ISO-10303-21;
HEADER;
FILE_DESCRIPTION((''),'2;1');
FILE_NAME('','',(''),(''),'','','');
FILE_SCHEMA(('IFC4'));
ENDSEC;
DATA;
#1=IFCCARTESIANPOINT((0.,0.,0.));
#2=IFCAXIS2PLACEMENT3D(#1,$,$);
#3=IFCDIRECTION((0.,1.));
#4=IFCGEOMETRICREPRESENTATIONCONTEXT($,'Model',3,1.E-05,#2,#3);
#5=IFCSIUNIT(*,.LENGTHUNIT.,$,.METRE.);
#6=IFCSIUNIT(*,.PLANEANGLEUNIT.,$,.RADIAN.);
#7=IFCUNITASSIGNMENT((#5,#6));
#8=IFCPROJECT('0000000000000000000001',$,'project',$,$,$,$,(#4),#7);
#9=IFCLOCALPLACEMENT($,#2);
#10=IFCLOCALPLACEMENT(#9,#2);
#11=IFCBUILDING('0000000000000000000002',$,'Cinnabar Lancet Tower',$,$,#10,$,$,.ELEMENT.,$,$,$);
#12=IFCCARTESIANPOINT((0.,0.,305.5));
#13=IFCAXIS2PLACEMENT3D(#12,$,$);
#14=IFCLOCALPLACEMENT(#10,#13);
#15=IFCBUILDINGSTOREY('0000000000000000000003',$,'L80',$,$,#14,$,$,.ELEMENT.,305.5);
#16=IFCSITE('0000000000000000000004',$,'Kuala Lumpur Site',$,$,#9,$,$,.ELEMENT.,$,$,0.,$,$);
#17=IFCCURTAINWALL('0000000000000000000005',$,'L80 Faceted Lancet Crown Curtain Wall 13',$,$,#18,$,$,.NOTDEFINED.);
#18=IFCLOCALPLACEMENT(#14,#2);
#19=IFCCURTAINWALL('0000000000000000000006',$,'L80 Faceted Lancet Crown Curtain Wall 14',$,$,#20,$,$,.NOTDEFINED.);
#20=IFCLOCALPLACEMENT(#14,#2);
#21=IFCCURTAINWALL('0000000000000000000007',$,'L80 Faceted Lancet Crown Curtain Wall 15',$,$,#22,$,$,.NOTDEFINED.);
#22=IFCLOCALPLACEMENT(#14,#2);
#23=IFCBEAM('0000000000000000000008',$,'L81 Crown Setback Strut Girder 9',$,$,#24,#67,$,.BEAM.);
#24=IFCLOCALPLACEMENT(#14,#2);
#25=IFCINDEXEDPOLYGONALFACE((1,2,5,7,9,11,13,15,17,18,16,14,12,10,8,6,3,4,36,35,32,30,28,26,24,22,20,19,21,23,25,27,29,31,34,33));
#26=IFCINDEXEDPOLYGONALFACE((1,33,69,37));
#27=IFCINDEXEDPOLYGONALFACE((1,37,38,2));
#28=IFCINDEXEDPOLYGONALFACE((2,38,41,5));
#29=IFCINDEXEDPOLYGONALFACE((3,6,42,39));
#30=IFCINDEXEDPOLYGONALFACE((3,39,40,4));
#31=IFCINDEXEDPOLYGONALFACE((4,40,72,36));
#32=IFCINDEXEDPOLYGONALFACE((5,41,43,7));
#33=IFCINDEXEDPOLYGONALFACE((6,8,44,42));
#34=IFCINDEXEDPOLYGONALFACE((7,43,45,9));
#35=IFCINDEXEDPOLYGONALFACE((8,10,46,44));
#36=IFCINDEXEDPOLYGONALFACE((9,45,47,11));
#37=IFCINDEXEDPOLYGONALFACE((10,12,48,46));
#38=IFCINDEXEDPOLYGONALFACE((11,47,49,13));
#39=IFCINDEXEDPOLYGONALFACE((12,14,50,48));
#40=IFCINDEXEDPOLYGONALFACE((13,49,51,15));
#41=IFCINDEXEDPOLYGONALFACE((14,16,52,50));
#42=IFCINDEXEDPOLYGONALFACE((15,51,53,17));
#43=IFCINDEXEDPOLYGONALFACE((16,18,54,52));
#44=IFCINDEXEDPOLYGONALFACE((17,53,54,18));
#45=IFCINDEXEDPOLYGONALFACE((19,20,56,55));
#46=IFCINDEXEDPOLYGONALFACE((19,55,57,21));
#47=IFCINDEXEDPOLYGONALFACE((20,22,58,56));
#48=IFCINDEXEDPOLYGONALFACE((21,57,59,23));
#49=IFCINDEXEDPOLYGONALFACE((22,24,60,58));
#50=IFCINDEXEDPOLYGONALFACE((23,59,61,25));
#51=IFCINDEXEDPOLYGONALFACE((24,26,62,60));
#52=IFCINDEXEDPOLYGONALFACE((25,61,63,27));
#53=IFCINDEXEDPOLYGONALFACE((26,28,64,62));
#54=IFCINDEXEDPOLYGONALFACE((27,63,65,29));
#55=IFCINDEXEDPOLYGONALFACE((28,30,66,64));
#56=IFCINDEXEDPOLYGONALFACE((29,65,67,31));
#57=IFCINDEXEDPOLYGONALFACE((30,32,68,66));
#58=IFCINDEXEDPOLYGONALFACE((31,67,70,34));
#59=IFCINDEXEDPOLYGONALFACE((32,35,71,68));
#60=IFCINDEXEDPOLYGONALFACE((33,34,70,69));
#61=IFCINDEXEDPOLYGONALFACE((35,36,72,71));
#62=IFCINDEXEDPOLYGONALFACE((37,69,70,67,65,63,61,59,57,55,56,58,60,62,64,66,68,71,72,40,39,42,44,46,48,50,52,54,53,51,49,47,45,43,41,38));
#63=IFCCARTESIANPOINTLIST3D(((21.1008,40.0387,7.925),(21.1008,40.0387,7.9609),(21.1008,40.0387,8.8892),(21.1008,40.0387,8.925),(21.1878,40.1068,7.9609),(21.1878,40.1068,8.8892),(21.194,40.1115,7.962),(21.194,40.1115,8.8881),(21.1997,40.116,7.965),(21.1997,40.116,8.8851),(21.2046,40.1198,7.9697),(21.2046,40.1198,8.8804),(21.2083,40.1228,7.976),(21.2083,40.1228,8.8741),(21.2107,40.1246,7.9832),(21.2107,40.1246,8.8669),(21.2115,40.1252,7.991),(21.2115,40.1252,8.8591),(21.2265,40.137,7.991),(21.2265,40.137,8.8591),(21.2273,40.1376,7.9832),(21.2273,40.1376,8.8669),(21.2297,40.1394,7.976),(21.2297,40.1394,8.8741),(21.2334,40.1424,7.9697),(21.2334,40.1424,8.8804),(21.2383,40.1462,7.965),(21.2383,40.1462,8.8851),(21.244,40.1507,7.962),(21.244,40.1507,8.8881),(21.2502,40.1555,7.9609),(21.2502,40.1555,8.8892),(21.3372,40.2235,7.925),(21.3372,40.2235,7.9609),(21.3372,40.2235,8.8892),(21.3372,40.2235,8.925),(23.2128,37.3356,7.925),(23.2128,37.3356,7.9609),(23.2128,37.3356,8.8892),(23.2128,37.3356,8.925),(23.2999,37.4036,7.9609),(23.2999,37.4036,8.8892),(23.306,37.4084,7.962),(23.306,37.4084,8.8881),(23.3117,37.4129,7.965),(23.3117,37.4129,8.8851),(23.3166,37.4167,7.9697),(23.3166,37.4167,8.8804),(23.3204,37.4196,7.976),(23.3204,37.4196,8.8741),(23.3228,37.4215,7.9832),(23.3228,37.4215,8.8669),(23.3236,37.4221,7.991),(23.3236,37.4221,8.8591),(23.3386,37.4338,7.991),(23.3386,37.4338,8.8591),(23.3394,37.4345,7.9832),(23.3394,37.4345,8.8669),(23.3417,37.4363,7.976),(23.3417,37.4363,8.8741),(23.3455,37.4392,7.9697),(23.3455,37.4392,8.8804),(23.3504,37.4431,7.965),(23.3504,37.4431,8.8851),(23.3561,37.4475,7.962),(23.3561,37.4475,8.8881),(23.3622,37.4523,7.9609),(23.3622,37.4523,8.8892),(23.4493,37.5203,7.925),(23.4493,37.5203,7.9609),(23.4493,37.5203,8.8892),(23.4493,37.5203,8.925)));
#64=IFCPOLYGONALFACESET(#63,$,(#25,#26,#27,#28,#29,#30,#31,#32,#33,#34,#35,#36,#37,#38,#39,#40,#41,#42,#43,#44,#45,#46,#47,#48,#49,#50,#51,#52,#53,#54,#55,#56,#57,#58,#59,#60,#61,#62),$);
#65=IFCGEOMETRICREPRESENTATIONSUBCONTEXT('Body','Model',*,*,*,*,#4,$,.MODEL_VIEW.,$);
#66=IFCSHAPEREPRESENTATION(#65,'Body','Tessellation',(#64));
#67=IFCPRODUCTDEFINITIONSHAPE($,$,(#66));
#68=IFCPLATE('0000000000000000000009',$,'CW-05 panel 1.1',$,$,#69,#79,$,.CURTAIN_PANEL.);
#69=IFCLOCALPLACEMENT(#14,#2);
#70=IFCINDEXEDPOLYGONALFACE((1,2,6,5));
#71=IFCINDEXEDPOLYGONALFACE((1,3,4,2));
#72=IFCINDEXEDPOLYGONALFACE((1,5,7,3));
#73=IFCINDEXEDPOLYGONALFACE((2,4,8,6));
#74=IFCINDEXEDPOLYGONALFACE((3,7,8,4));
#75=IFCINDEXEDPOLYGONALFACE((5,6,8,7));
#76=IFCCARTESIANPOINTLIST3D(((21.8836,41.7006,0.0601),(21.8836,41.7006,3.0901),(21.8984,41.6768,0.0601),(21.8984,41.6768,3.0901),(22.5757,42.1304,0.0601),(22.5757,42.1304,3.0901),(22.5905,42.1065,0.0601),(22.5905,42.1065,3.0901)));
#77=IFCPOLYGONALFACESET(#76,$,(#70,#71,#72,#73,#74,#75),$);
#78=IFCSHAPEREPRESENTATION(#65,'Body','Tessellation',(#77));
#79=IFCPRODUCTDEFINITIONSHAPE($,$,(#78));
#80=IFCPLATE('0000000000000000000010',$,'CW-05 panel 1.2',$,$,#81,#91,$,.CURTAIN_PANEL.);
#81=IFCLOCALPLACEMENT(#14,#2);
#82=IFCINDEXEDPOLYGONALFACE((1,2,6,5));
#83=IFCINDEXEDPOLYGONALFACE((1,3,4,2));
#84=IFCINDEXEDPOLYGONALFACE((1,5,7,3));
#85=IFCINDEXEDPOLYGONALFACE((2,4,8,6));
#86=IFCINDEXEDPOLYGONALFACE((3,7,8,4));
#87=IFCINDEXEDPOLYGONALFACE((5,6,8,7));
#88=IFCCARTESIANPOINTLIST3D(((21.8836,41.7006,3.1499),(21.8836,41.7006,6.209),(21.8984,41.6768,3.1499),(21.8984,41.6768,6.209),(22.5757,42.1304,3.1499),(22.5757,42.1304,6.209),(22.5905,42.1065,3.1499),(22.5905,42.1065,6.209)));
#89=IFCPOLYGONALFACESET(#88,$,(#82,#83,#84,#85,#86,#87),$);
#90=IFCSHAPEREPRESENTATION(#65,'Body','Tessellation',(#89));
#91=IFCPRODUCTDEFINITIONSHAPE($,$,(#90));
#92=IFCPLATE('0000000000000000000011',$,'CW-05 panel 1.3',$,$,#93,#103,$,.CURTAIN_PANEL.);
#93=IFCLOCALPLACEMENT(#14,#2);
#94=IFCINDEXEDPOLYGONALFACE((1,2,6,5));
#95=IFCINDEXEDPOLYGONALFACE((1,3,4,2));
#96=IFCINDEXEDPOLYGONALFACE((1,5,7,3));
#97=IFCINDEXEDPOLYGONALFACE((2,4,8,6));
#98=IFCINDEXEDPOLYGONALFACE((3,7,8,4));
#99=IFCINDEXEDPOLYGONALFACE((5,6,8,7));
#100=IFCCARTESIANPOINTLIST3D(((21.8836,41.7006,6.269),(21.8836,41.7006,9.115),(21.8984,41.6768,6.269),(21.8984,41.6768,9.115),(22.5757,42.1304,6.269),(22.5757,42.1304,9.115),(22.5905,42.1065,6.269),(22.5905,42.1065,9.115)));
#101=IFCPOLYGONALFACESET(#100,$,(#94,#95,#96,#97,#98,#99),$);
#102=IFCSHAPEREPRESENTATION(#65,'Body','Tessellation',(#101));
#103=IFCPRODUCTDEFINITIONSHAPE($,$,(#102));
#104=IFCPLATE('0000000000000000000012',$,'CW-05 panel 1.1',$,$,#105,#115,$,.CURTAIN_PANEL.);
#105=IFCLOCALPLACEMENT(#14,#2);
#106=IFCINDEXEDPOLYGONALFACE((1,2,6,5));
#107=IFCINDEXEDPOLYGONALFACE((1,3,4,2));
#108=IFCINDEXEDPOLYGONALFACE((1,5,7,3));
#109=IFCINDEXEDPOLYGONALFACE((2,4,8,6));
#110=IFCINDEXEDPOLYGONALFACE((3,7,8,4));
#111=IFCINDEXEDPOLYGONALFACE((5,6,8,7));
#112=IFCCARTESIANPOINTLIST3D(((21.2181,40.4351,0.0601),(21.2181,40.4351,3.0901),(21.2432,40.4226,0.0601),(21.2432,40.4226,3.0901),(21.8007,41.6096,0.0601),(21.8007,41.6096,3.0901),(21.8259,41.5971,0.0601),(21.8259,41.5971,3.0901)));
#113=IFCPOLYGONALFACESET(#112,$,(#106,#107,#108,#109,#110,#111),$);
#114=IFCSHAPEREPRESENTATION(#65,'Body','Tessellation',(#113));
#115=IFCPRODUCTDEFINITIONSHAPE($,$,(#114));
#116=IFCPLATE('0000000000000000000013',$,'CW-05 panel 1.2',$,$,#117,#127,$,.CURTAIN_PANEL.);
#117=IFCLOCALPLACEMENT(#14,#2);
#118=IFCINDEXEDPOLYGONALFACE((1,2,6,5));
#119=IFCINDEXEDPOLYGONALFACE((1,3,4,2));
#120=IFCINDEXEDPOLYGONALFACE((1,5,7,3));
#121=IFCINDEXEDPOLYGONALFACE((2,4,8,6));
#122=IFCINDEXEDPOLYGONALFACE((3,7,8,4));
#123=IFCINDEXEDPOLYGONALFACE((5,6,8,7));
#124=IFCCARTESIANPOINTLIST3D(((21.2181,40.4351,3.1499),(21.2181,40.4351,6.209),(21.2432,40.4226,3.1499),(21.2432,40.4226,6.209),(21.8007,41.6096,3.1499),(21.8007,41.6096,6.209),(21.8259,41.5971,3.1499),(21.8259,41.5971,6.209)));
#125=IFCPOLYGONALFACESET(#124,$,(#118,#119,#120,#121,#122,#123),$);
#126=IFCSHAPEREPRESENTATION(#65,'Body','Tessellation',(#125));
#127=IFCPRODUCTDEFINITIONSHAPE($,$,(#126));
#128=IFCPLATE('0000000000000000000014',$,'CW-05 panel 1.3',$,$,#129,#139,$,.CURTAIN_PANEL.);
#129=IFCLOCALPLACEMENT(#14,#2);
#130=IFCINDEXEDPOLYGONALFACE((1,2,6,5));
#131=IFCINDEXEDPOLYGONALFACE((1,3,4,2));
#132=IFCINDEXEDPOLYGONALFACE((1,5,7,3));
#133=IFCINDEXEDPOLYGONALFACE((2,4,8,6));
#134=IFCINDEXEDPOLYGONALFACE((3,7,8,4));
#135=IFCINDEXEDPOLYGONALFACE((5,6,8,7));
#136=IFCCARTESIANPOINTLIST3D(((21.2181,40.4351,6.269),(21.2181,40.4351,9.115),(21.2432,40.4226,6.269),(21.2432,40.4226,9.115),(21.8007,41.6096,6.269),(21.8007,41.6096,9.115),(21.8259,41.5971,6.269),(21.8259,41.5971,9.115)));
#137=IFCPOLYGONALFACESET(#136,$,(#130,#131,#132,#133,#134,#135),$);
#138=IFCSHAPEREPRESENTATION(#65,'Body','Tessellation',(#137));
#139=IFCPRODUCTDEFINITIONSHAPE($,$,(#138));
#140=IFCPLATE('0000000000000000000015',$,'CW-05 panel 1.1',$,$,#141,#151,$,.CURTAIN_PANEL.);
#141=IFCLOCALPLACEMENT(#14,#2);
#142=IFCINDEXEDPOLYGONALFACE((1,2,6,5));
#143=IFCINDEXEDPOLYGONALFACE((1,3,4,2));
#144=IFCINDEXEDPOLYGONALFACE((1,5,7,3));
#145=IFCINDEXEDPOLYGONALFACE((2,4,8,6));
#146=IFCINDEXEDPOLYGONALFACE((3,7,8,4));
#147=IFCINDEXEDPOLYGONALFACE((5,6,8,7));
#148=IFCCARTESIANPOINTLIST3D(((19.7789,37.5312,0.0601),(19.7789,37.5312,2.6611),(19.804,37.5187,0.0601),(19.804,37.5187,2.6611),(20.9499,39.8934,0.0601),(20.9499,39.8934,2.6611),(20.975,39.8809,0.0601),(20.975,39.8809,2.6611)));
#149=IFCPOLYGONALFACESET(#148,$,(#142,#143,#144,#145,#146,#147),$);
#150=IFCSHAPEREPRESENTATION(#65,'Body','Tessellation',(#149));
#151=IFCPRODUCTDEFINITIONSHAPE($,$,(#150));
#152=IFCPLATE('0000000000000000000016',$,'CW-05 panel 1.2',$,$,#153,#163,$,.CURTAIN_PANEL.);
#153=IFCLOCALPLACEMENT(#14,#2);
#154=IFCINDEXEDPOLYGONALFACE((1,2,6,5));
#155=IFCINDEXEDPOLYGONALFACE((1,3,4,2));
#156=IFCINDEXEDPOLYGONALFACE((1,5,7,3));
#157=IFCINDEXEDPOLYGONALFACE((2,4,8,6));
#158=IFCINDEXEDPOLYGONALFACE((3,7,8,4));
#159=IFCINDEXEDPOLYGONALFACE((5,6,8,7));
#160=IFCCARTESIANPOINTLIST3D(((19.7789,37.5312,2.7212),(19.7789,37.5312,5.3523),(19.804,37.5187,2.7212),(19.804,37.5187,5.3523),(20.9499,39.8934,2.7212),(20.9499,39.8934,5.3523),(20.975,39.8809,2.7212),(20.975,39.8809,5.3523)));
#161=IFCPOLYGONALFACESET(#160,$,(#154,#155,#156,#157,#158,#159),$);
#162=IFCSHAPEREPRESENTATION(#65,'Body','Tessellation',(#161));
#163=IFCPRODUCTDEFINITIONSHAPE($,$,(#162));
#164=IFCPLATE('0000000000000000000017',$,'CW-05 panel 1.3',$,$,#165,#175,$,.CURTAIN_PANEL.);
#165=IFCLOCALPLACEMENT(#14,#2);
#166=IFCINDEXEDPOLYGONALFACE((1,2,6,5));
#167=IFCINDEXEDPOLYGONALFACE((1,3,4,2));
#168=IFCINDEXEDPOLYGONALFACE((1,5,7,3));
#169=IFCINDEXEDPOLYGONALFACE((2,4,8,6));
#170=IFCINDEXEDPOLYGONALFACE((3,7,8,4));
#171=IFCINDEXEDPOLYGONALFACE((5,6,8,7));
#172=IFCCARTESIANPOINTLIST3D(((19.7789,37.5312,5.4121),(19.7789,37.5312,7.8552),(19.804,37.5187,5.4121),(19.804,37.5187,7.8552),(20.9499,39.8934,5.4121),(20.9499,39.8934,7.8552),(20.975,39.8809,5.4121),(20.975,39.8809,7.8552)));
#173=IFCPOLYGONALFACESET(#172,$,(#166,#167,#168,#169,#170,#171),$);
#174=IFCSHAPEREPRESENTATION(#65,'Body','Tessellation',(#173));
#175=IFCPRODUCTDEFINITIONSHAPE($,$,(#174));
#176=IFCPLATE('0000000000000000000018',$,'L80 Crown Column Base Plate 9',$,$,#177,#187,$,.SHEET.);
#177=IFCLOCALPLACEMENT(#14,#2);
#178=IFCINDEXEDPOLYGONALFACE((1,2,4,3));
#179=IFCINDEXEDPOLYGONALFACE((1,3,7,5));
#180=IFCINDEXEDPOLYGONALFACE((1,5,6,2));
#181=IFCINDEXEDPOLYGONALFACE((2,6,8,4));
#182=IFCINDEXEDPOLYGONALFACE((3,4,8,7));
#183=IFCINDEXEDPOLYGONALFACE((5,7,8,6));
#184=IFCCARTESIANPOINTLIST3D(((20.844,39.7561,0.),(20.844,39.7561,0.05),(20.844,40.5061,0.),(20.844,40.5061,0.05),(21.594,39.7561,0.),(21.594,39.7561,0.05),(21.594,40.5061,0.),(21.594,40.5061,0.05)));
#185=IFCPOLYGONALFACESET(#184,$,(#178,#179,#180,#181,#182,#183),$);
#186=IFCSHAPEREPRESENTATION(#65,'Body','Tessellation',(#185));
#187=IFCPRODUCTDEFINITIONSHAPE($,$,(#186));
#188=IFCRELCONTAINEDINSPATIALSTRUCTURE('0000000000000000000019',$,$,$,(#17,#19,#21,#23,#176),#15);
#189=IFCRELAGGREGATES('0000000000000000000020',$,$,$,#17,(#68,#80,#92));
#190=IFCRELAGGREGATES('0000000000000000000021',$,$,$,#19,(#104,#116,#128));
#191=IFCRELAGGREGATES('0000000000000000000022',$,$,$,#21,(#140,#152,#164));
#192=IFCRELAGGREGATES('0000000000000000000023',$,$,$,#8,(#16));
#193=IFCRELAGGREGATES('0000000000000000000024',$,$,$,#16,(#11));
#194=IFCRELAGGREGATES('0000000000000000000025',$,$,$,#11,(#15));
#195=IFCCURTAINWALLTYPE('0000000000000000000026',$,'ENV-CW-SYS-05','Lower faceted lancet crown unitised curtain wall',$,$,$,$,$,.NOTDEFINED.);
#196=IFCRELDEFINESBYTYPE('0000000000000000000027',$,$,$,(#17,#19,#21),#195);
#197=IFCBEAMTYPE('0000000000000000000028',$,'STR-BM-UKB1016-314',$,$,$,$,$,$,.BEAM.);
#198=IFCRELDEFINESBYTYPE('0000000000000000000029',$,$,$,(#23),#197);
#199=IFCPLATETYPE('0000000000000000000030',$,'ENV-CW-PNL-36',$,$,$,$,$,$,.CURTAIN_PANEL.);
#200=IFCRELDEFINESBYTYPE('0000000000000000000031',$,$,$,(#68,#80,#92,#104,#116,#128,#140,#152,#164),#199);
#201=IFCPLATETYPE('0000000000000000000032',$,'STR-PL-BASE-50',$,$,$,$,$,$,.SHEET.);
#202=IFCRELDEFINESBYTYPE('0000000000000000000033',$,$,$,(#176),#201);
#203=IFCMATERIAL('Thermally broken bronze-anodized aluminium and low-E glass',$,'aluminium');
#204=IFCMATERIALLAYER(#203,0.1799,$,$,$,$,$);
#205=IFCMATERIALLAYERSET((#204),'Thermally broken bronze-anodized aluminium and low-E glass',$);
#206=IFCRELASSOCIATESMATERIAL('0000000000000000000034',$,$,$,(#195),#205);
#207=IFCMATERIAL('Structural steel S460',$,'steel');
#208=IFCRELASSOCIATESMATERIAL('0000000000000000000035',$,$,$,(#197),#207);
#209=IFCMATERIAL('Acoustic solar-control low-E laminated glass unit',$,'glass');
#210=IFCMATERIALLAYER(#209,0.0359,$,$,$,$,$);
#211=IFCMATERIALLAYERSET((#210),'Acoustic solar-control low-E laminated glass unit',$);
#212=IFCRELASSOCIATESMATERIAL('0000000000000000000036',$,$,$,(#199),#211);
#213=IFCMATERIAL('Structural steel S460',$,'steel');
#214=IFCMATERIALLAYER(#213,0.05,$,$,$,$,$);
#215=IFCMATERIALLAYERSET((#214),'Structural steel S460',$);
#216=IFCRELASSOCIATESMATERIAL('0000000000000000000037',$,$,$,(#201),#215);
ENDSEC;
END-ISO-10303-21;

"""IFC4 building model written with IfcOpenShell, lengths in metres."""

from ifc_helpers import new_model, si_unit, direction, frame, origin, origin_2d, place, context, subcontext, project, spatial, rectangle, i_section, extrude, material, layer, layer_set, material_profile, profile_set, type_object, element, aggregate, save


model = new_model("IFC4")

# Units and contexts
model_context = context("Model", 3, precision=1e-05, world=origin(), true_north=direction((0.0, 1.0)))
body_context = subcontext(model_context, "Body", "Model", "MODEL_VIEW")
ifc_project = project(units=[si_unit("LENGTHUNIT", "METRE"), si_unit("PLANEANGLEUNIT", "RADIAN")], contexts=[model_context])

# Site, building, storey
site_placement = place(None, origin())
site = spatial("IfcSite", under=ifc_project, at=site_placement, Name="Kuala Lumpur Site", CompositionType="ELEMENT", RefElevation=0.0)
building_placement = place(site_placement, origin())
building = spatial("IfcBuilding", under=site, at=building_placement, Name="Cinnabar Lancet Tower", CompositionType="ELEMENT")
storey_placement = place(building_placement, frame((0.0, 0.0, 305.5)))
storey = spatial("IfcBuildingStorey", under=building, at=storey_placement, Name="L80", CompositionType="ELEMENT", Elevation=305.5)

# Curtain wall
ifc_material_1 = material(Name="Thermally broken bronze-anodized aluminium and low-E glass", Category="aluminium")
ifc_layer_1 = layer(ifc_material_1, 0.1799)
ifc_layer_set_1 = layer_set([ifc_layer_1], Name="Thermally broken bronze-anodized aluminium and low-E glass")
curtain_wall_type = type_object("IfcCurtainWallType", Name="ENV-CW-SYS-05", Description="Lower faceted lancet crown unitised curtain wall", PredefinedType="NOTDEFINED", material=ifc_layer_set_1)
curtain_wall_1_placement = place(storey_placement, origin())
curtain_wall_1 = element("IfcCurtainWall", 1, at=curtain_wall_1_placement, inside=storey, type_object=curtain_wall_type, Name="L80 Faceted Lancet Crown Curtain Wall 13", PredefinedType="NOTDEFINED")

# Curtain walls
curtain_wall_2_placement = place(storey_placement, origin())
curtain_wall_2 = element("IfcCurtainWall", 2, at=curtain_wall_2_placement, inside=storey, type_object=curtain_wall_type, Name="L80 Faceted Lancet Crown Curtain Wall 14", PredefinedType="NOTDEFINED")
curtain_wall_3_placement = place(storey_placement, origin())
curtain_wall_3 = element("IfcCurtainWall", 3, at=curtain_wall_3_placement, inside=storey, type_object=curtain_wall_type, Name="L80 Faceted Lancet Crown Curtain Wall 15", PredefinedType="NOTDEFINED")

# Beam
ifc_material_2 = material(Name="Structural steel S460", Category="steel")
ifc_material_profile_1 = material_profile(ifc_material_2, i_section(OverallWidth=0.3, OverallDepth=1.0, WebThickness=0.019, FlangeThickness=0.0359, FilletRadius=0.03, at=origin_2d()), Name="UKB 1016x305x314")
ifc_profile_set_1 = profile_set([ifc_material_profile_1], Name="Structural steel S460")
beam_type = type_object("IfcBeamType", Name="STR-BM-UKB1016-314", PredefinedType="BEAM", material=ifc_profile_set_1)
beam_1_placement = place(storey_placement, frame((21.219, 40.1311, 8.425), z_axis=(0.615688, -0.78799, 0.0), x_axis=(0.78799, 0.615688, 0.0)))
element("IfcBeam", 4, at=beam_1_placement, inside=storey, type_object=beam_type, Name="L81 Crown Setback Strut Girder 9", PredefinedType="BEAM", context=body_context, shape_type="SweptSolid", body=[
    extrude(i_section(OverallWidth=0.3, OverallDepth=1.0, WebThickness=0.019, FlangeThickness=0.0359, FilletRadius=0.03, at=origin_2d()), origin(), (0.0, 0.0, 1.0), 3.4304),
])

# Plates
ifc_material_3 = material(Name="Acoustic solar-control low-E laminated glass unit", Category="glass")
ifc_layer_2 = layer(ifc_material_3, 0.0359)
ifc_layer_set_2 = layer_set([ifc_layer_2], Name="Acoustic solar-control low-E laminated glass unit")
plate_type_1 = type_object("IfcPlateType", Name="ENV-CW-PNL-36", PredefinedType="CURTAIN_PANEL", material=ifc_layer_set_2)
plate_1_placement = place(storey_placement, frame((22.2371, 41.9036, 0.0601), z_axis=(0.0, 0.0, 1.0), x_axis=(-0.849557, -0.527496, 0.0)))
plate_1 = element("IfcPlate", 5, at=plate_1_placement, type_object=plate_type_1, Name="CW-05 panel 1.1", PredefinedType="CURTAIN_PANEL", context=body_context, shape_type="SweptSolid", body=[
    extrude(rectangle(XDim=0.8147, YDim=0.0281, at=origin_2d()), origin(), (0.0, 0.0, 1.0), 3.03),
])
plate_2_placement = place(storey_placement, frame((22.2371, 41.9036, 3.1499), z_axis=(0.0, 0.0, 1.0), x_axis=(-0.849557, -0.527496, 0.0)))
plate_2 = element("IfcPlate", 6, at=plate_2_placement, type_object=plate_type_1, Name="CW-05 panel 1.2", PredefinedType="CURTAIN_PANEL", context=body_context, shape_type="SweptSolid", body=[
    extrude(rectangle(XDim=0.8147, YDim=0.0281, at=origin_2d()), origin(), (0.0, 0.0, 1.0), 3.0591),
])
plate_3_placement = place(storey_placement, frame((22.2371, 41.9036, 6.269), z_axis=(0.0, 0.0, 1.0), x_axis=(-0.849557, -0.527496, 0.0)))
plate_3 = element("IfcPlate", 7, at=plate_3_placement, type_object=plate_type_1, Name="CW-05 panel 1.3", PredefinedType="CURTAIN_PANEL", context=body_context, shape_type="SweptSolid", body=[
    extrude(rectangle(XDim=0.8147, YDim=0.0281, at=origin_2d()), origin(), (0.0, 0.0, 1.0), 2.8459),
])
aggregate(curtain_wall_1, [plate_1, plate_2, plate_3])
plate_4_placement = place(storey_placement, frame((21.522, 41.0161, 0.0601), z_axis=(0.0, 0.0, 1.0), x_axis=(-0.444416, -0.89582, 0.0)))
plate_4 = element("IfcPlate", 8, at=plate_4_placement, type_object=plate_type_1, Name="CW-05 panel 1.1", PredefinedType="CURTAIN_PANEL", context=body_context, shape_type="SweptSolid", body=[
    extrude(rectangle(XDim=1.311, YDim=0.0281, at=origin_2d()), origin(), (0.0, 0.0, 1.0), 3.03),
])
plate_5_placement = place(storey_placement, frame((21.522, 41.0161, 3.1499), z_axis=(0.0, 0.0, 1.0), x_axis=(-0.444416, -0.89582, 0.0)))
plate_5 = element("IfcPlate", 9, at=plate_5_placement, type_object=plate_type_1, Name="CW-05 panel 1.2", PredefinedType="CURTAIN_PANEL", context=body_context, shape_type="SweptSolid", body=[
    extrude(rectangle(XDim=1.311, YDim=0.0281, at=origin_2d()), origin(), (0.0, 0.0, 1.0), 3.0591),
])
plate_6_placement = place(storey_placement, frame((21.522, 41.0161, 6.269), z_axis=(0.0, 0.0, 1.0), x_axis=(-0.444416, -0.89582, 0.0)))
plate_6 = element("IfcPlate", 10, at=plate_6_placement, type_object=plate_type_1, Name="CW-05 panel 1.3", PredefinedType="CURTAIN_PANEL", context=body_context, shape_type="SweptSolid", body=[
    extrude(rectangle(XDim=1.311, YDim=0.0281, at=origin_2d()), origin(), (0.0, 0.0, 1.0), 2.8459),
])
aggregate(curtain_wall_2, [plate_4, plate_5, plate_6])
plate_7_placement = place(storey_placement, frame((20.377, 38.7061, 0.0601), z_axis=(0.0, 0.0, 1.0), x_axis=(-0.444159, -0.895948, 0.0)))
plate_7 = element("IfcPlate", 11, at=plate_7_placement, type_object=plate_type_1, Name="CW-05 panel 1.1", PredefinedType="CURTAIN_PANEL", context=body_context, shape_type="SweptSolid", body=[
    extrude(rectangle(XDim=2.6365, YDim=0.0281, at=origin_2d()), origin(), (0.0, 0.0, 1.0), 2.6011),
])
plate_8_placement = place(storey_placement, frame((20.377, 38.7061, 2.7212), z_axis=(0.0, 0.0, 1.0), x_axis=(-0.444159, -0.895948, 0.0)))
plate_8 = element("IfcPlate", 12, at=plate_8_placement, type_object=plate_type_1, Name="CW-05 panel 1.2", PredefinedType="CURTAIN_PANEL", context=body_context, shape_type="SweptSolid", body=[
    extrude(rectangle(XDim=2.6365, YDim=0.0281, at=origin_2d()), origin(), (0.0, 0.0, 1.0), 2.6311),
])
plate_9_placement = place(storey_placement, frame((20.377, 38.7061, 5.4121), z_axis=(0.0, 0.0, 1.0), x_axis=(-0.444159, -0.895948, 0.0)))
plate_9 = element("IfcPlate", 13, at=plate_9_placement, type_object=plate_type_1, Name="CW-05 panel 1.3", PredefinedType="CURTAIN_PANEL", context=body_context, shape_type="SweptSolid", body=[
    extrude(rectangle(XDim=2.6365, YDim=0.0281, at=origin_2d()), origin(), (0.0, 0.0, 1.0), 2.4431),
])
aggregate(curtain_wall_3, [plate_7, plate_8, plate_9])
ifc_material_4 = material(Name="Structural steel S460", Category="steel")
ifc_layer_3 = layer(ifc_material_4, 0.05)
ifc_layer_set_3 = layer_set([ifc_layer_3], Name="Structural steel S460")
plate_type_2 = type_object("IfcPlateType", Name="STR-PL-BASE-50", PredefinedType="SHEET", material=ifc_layer_set_3)
plate_10_placement = place(storey_placement, frame((21.219, 40.1311, 0.0), z_axis=(0.0, 0.0, 1.0), x_axis=(1.0, 0.0, 0.0)))
element("IfcPlate", 14, at=plate_10_placement, inside=storey, type_object=plate_type_2, Name="L80 Crown Column Base Plate 9", PredefinedType="SHEET", context=body_context, shape_type="SweptSolid", body=[
    extrude(rectangle(XDim=0.75, YDim=0.75, at=origin_2d()), origin(), (0.0, 0.0, 1.0), 0.05),
])

save(model, "model.ifc")
